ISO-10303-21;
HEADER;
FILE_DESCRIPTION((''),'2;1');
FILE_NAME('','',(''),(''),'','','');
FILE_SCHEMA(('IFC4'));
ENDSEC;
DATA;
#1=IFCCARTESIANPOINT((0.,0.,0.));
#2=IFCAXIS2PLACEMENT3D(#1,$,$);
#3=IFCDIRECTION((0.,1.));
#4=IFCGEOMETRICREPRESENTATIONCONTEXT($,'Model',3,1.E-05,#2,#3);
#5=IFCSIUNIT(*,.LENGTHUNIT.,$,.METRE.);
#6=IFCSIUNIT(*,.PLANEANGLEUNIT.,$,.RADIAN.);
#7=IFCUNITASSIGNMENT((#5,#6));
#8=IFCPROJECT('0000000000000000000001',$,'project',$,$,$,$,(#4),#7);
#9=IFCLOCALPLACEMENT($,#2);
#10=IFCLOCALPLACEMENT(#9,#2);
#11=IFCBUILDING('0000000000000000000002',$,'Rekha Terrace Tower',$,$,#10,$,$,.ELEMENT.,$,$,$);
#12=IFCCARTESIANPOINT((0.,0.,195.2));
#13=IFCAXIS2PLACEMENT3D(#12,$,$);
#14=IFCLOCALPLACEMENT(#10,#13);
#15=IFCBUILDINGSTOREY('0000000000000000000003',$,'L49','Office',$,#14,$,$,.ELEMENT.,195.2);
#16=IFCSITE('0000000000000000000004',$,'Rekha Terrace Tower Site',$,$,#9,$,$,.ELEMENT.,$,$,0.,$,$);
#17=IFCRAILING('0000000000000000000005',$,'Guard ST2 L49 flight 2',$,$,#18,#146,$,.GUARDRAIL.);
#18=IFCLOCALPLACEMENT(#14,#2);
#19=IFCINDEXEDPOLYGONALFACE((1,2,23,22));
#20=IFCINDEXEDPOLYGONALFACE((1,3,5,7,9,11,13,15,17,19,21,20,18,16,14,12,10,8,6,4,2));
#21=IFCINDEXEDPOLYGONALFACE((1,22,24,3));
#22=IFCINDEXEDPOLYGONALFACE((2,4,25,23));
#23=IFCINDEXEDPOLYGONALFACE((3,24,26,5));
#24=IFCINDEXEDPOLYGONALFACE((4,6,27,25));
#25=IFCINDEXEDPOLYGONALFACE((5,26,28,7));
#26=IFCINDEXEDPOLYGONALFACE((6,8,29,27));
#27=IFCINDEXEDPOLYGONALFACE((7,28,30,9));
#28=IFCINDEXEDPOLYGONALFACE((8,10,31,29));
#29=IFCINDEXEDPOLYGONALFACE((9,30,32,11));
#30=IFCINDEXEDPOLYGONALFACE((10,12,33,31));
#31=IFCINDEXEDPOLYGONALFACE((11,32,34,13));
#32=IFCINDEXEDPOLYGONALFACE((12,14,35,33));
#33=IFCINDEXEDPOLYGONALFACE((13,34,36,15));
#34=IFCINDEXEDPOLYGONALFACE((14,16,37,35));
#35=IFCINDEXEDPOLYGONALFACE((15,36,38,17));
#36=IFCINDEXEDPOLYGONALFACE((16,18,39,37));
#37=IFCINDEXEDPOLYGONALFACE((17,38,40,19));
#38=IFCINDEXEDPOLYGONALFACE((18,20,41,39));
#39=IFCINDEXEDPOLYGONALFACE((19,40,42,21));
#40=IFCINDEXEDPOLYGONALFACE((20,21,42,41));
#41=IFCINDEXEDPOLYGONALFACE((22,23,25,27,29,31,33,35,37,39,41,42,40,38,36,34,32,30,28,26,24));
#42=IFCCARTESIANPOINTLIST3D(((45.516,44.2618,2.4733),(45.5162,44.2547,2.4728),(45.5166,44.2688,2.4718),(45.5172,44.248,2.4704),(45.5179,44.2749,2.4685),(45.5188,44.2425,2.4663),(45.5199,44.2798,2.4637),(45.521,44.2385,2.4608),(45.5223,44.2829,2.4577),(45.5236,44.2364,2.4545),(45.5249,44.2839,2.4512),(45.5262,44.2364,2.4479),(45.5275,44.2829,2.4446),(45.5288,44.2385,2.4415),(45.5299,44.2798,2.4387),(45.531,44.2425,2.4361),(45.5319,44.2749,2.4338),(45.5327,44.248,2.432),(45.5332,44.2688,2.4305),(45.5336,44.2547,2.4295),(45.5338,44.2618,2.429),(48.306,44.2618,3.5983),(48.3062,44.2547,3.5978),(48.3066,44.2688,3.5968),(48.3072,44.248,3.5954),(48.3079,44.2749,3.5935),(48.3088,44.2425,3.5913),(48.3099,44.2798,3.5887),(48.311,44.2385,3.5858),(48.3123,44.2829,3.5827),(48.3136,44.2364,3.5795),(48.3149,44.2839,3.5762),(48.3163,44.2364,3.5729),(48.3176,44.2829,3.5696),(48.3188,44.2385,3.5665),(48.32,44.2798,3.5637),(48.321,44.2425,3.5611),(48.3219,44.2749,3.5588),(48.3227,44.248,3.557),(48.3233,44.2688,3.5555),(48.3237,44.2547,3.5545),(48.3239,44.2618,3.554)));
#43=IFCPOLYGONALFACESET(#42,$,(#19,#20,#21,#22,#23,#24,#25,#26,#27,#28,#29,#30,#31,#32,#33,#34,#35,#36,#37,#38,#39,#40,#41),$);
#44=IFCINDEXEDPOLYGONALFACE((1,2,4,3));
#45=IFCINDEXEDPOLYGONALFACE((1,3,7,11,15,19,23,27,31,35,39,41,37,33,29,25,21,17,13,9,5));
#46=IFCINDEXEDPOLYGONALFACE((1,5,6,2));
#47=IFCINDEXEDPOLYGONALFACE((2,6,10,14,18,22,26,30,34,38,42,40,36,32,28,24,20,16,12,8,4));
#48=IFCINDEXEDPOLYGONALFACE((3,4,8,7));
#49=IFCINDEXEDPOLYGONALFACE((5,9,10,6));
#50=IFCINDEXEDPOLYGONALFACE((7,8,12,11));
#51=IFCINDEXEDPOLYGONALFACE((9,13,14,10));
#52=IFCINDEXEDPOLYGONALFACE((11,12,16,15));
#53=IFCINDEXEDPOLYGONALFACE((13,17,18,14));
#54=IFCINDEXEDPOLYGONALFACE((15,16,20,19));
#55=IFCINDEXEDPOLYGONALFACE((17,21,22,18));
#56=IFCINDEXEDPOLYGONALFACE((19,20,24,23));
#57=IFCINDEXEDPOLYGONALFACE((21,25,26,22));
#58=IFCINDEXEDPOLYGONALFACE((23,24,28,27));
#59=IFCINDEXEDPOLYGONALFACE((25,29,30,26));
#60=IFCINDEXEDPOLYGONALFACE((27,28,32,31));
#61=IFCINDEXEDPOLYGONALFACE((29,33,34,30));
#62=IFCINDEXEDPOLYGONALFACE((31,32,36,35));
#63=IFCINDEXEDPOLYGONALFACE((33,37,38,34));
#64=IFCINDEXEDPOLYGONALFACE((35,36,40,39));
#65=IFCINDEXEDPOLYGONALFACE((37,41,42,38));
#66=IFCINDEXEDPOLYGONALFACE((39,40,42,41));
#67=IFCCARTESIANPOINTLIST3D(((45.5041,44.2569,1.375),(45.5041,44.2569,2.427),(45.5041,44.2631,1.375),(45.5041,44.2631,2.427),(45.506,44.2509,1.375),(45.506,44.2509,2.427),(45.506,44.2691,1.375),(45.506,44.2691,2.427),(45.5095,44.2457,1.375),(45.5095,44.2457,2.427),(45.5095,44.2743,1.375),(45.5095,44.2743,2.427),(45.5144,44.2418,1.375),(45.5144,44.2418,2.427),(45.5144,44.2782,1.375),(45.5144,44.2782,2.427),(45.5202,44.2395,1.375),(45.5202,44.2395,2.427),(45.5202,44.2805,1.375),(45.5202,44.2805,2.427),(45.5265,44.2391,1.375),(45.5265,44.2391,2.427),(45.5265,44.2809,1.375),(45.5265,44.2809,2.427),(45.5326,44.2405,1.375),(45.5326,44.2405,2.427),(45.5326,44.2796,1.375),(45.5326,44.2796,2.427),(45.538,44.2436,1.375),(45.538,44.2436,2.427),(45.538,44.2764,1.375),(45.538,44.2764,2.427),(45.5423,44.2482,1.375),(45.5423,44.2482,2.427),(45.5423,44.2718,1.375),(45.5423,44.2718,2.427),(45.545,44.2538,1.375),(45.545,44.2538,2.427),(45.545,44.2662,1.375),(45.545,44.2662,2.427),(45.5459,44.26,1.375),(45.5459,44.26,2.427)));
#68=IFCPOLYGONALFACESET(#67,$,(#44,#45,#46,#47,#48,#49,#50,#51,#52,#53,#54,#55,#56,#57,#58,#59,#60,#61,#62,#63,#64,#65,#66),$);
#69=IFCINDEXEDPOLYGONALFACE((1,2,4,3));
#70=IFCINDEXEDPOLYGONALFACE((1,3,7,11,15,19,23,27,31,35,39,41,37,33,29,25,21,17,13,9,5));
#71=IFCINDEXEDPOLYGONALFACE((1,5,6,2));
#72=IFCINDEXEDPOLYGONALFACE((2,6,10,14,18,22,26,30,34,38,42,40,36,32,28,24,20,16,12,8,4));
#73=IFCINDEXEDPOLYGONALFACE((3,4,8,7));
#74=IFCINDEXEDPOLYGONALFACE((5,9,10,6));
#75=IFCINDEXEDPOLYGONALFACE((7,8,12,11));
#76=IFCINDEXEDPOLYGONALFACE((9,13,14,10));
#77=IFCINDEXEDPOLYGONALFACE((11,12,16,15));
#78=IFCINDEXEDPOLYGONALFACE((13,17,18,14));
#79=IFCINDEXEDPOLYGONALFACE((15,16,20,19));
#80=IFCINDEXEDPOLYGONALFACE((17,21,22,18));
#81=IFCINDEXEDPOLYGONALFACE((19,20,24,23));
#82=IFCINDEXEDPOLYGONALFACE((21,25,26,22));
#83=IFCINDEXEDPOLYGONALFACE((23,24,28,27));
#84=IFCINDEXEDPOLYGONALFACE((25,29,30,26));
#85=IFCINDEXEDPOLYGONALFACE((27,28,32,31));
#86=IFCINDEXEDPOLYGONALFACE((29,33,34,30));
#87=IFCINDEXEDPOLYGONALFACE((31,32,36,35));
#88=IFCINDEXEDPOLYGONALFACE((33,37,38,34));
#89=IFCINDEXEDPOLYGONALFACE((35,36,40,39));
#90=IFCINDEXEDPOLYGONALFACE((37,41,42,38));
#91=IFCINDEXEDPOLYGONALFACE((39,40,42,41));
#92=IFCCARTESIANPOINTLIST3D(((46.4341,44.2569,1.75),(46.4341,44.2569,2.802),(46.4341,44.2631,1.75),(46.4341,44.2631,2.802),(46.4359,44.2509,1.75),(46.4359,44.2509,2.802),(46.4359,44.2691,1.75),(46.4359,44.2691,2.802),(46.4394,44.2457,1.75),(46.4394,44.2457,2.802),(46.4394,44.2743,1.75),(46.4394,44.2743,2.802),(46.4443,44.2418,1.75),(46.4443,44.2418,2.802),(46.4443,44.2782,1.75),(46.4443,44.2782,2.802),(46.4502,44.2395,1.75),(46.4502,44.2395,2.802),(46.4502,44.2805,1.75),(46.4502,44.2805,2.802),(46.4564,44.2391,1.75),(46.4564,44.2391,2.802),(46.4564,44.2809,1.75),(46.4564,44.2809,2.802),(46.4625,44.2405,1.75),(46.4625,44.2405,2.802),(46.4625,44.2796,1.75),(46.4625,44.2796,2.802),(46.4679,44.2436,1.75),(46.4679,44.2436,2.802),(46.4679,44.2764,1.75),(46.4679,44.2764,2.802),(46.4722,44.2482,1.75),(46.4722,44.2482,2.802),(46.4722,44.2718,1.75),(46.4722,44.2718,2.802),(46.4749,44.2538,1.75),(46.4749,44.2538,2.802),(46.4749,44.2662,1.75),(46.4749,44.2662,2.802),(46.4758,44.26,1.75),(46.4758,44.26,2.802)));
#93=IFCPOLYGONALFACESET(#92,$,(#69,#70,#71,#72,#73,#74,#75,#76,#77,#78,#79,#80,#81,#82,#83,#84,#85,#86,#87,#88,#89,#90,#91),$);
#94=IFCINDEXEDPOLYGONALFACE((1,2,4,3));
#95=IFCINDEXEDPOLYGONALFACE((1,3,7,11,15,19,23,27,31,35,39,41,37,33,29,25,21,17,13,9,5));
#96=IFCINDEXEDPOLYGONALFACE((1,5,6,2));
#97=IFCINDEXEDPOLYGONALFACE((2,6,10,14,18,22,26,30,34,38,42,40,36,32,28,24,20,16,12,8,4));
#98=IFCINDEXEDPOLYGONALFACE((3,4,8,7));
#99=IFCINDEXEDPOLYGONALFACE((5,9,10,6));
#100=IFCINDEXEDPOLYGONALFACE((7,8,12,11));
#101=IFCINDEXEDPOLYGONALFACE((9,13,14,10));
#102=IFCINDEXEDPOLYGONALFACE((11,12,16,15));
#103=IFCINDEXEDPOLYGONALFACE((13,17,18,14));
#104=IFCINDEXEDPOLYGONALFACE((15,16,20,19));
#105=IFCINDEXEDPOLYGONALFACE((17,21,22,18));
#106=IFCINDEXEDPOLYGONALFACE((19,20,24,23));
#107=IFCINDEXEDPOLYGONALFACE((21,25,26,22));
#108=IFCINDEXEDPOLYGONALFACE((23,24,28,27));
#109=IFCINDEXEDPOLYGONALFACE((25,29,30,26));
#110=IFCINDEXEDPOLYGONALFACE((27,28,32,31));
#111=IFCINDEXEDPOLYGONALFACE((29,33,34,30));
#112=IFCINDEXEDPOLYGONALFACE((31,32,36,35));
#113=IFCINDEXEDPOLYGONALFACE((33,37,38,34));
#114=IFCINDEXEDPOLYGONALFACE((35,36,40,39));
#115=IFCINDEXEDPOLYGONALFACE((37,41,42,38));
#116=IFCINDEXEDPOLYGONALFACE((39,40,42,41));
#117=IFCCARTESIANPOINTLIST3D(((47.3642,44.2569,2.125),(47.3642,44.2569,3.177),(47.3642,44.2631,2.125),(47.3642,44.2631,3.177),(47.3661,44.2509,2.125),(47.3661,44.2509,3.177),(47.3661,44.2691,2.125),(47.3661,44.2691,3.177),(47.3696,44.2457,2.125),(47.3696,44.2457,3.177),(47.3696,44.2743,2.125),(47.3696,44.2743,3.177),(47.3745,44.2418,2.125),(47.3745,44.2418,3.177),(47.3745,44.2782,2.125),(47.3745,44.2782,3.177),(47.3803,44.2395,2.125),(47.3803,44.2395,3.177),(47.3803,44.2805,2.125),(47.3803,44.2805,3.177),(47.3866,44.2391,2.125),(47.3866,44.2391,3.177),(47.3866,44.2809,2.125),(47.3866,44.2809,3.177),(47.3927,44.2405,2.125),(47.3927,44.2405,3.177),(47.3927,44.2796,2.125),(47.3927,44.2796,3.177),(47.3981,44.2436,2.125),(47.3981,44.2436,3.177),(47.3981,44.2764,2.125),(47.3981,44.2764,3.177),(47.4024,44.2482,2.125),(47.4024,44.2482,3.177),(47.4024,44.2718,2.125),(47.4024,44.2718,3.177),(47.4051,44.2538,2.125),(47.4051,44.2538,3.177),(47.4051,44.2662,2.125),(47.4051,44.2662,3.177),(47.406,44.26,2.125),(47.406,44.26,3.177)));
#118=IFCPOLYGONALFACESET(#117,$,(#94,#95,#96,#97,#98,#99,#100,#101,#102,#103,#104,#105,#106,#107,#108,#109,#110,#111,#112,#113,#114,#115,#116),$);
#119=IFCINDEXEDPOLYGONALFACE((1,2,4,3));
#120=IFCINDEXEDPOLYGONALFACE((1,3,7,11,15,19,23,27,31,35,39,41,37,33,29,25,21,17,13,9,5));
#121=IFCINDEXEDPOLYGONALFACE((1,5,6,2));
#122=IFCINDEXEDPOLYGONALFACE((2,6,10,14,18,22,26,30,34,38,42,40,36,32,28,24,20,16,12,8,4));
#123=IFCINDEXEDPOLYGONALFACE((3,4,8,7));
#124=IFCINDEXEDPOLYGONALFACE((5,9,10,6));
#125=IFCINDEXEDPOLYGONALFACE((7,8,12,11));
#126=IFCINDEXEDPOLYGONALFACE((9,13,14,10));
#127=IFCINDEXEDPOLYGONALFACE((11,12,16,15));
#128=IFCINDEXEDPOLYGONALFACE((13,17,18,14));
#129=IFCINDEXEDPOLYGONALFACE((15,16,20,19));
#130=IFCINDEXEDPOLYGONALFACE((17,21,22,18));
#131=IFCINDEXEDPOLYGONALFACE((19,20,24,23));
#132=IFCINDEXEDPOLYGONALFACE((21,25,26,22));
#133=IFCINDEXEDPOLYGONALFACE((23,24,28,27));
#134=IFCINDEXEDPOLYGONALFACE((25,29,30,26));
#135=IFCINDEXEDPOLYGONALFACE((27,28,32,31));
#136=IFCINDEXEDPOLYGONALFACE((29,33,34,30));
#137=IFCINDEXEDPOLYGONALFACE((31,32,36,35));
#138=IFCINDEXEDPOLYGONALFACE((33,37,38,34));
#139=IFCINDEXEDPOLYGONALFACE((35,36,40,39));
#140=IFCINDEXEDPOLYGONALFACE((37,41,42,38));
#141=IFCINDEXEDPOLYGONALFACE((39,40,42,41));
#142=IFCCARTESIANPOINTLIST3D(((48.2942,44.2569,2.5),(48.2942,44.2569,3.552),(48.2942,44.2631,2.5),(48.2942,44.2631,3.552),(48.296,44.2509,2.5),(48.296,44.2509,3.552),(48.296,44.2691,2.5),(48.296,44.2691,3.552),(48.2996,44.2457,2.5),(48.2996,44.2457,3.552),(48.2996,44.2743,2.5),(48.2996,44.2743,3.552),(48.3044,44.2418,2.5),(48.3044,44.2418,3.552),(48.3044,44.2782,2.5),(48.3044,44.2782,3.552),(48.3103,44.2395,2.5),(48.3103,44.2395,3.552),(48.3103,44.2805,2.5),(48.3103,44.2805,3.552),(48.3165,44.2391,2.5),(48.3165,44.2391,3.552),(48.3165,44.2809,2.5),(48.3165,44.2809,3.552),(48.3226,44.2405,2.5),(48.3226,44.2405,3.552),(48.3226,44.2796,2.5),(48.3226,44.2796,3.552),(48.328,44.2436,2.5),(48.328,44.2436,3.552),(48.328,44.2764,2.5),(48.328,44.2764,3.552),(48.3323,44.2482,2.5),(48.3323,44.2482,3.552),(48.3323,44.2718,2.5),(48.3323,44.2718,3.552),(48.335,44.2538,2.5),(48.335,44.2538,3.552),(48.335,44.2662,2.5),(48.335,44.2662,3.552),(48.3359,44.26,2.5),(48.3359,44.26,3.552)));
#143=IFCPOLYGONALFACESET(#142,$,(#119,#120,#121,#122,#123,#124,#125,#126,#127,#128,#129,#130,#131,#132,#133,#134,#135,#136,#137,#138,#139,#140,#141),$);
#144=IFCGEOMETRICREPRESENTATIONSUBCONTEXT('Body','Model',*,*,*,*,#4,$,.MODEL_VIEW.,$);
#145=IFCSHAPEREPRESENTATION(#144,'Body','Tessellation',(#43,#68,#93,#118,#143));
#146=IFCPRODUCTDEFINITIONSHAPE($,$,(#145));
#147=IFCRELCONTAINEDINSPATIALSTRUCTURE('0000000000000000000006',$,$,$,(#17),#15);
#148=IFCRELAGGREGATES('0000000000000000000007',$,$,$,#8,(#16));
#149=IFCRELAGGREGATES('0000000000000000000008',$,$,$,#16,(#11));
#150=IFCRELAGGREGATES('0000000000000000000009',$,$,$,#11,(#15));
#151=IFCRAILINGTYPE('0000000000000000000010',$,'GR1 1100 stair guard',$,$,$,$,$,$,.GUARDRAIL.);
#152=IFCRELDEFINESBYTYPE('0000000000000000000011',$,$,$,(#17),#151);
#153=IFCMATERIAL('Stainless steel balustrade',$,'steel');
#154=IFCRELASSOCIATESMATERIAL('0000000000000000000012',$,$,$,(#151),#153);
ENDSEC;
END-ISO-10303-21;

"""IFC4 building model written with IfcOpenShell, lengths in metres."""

from ifc_helpers import new_model, si_unit, direction, frame, origin, origin_2d, place, context, subcontext, project, spatial, circle, extrude, material, type_object, element, save


model = new_model("IFC4")

# Units and contexts
model_context = context("Model", 3, precision=1e-05, world=origin(), true_north=direction((0.0, 1.0)))
body_context = subcontext(model_context, "Body", "Model", "MODEL_VIEW")
ifc_project = project(units=[si_unit("LENGTHUNIT", "METRE"), si_unit("PLANEANGLEUNIT", "RADIAN")], contexts=[model_context])

# Site, building, storey
site_placement = place(None, origin())
site = spatial("IfcSite", under=ifc_project, at=site_placement, Name="Rekha Terrace Tower Site", CompositionType="ELEMENT", RefElevation=0.0)
building_placement = place(site_placement, origin())
building = spatial("IfcBuilding", under=site, at=building_placement, Name="Rekha Terrace Tower", CompositionType="ELEMENT")
storey_placement = place(building_placement, frame((0.0, 0.0, 195.2)))
storey = spatial("IfcBuildingStorey", under=building, at=storey_placement, Name="L49", Description="Office", CompositionType="ELEMENT", Elevation=195.2)

# Railing
ifc_material_1 = material(Name="Stainless steel balustrade", Category="steel")
railing_type_1 = type_object("IfcRailingType", Name="GR1 1100 stair guard", PredefinedType="GUARDRAIL", material=ifc_material_1)
railing_1_placement = place(storey_placement, frame((45.5249, 44.26, 1.375)))
element("IfcRailing", 1, at=railing_1_placement, inside=storey, type_object=railing_type_1, Name="Guard ST2 L49 flight 2", PredefinedType="GUARDRAIL", context=body_context, shape_type="SweptSolid", body=[
    extrude(circle(Radius=0.0239, at=origin_2d()), frame((0.0, 0.0, 1.0762), z_axis=(0.927443, 0.0, 0.373964), x_axis=(0.0, 1.0, 0.0)), (0.0, 0.0, 1.0), 3.0083),
    extrude(circle(Radius=0.021, at=origin_2d()), origin(), (0.0, 0.0, 1.0), 1.052),
    extrude(circle(Radius=0.021, at=origin_2d()), frame((0.9299, 0.0, 0.375)), (0.0, 0.0, 1.0), 1.052),
    extrude(circle(Radius=0.021, at=origin_2d()), frame((1.8601, 0.0, 0.75)), (0.0, 0.0, 1.0), 1.052),
    extrude(circle(Radius=0.021, at=origin_2d()), frame((2.79, 0.0, 1.125)), (0.0, 0.0, 1.0), 1.052),
])

save(model, "model.ifc")
